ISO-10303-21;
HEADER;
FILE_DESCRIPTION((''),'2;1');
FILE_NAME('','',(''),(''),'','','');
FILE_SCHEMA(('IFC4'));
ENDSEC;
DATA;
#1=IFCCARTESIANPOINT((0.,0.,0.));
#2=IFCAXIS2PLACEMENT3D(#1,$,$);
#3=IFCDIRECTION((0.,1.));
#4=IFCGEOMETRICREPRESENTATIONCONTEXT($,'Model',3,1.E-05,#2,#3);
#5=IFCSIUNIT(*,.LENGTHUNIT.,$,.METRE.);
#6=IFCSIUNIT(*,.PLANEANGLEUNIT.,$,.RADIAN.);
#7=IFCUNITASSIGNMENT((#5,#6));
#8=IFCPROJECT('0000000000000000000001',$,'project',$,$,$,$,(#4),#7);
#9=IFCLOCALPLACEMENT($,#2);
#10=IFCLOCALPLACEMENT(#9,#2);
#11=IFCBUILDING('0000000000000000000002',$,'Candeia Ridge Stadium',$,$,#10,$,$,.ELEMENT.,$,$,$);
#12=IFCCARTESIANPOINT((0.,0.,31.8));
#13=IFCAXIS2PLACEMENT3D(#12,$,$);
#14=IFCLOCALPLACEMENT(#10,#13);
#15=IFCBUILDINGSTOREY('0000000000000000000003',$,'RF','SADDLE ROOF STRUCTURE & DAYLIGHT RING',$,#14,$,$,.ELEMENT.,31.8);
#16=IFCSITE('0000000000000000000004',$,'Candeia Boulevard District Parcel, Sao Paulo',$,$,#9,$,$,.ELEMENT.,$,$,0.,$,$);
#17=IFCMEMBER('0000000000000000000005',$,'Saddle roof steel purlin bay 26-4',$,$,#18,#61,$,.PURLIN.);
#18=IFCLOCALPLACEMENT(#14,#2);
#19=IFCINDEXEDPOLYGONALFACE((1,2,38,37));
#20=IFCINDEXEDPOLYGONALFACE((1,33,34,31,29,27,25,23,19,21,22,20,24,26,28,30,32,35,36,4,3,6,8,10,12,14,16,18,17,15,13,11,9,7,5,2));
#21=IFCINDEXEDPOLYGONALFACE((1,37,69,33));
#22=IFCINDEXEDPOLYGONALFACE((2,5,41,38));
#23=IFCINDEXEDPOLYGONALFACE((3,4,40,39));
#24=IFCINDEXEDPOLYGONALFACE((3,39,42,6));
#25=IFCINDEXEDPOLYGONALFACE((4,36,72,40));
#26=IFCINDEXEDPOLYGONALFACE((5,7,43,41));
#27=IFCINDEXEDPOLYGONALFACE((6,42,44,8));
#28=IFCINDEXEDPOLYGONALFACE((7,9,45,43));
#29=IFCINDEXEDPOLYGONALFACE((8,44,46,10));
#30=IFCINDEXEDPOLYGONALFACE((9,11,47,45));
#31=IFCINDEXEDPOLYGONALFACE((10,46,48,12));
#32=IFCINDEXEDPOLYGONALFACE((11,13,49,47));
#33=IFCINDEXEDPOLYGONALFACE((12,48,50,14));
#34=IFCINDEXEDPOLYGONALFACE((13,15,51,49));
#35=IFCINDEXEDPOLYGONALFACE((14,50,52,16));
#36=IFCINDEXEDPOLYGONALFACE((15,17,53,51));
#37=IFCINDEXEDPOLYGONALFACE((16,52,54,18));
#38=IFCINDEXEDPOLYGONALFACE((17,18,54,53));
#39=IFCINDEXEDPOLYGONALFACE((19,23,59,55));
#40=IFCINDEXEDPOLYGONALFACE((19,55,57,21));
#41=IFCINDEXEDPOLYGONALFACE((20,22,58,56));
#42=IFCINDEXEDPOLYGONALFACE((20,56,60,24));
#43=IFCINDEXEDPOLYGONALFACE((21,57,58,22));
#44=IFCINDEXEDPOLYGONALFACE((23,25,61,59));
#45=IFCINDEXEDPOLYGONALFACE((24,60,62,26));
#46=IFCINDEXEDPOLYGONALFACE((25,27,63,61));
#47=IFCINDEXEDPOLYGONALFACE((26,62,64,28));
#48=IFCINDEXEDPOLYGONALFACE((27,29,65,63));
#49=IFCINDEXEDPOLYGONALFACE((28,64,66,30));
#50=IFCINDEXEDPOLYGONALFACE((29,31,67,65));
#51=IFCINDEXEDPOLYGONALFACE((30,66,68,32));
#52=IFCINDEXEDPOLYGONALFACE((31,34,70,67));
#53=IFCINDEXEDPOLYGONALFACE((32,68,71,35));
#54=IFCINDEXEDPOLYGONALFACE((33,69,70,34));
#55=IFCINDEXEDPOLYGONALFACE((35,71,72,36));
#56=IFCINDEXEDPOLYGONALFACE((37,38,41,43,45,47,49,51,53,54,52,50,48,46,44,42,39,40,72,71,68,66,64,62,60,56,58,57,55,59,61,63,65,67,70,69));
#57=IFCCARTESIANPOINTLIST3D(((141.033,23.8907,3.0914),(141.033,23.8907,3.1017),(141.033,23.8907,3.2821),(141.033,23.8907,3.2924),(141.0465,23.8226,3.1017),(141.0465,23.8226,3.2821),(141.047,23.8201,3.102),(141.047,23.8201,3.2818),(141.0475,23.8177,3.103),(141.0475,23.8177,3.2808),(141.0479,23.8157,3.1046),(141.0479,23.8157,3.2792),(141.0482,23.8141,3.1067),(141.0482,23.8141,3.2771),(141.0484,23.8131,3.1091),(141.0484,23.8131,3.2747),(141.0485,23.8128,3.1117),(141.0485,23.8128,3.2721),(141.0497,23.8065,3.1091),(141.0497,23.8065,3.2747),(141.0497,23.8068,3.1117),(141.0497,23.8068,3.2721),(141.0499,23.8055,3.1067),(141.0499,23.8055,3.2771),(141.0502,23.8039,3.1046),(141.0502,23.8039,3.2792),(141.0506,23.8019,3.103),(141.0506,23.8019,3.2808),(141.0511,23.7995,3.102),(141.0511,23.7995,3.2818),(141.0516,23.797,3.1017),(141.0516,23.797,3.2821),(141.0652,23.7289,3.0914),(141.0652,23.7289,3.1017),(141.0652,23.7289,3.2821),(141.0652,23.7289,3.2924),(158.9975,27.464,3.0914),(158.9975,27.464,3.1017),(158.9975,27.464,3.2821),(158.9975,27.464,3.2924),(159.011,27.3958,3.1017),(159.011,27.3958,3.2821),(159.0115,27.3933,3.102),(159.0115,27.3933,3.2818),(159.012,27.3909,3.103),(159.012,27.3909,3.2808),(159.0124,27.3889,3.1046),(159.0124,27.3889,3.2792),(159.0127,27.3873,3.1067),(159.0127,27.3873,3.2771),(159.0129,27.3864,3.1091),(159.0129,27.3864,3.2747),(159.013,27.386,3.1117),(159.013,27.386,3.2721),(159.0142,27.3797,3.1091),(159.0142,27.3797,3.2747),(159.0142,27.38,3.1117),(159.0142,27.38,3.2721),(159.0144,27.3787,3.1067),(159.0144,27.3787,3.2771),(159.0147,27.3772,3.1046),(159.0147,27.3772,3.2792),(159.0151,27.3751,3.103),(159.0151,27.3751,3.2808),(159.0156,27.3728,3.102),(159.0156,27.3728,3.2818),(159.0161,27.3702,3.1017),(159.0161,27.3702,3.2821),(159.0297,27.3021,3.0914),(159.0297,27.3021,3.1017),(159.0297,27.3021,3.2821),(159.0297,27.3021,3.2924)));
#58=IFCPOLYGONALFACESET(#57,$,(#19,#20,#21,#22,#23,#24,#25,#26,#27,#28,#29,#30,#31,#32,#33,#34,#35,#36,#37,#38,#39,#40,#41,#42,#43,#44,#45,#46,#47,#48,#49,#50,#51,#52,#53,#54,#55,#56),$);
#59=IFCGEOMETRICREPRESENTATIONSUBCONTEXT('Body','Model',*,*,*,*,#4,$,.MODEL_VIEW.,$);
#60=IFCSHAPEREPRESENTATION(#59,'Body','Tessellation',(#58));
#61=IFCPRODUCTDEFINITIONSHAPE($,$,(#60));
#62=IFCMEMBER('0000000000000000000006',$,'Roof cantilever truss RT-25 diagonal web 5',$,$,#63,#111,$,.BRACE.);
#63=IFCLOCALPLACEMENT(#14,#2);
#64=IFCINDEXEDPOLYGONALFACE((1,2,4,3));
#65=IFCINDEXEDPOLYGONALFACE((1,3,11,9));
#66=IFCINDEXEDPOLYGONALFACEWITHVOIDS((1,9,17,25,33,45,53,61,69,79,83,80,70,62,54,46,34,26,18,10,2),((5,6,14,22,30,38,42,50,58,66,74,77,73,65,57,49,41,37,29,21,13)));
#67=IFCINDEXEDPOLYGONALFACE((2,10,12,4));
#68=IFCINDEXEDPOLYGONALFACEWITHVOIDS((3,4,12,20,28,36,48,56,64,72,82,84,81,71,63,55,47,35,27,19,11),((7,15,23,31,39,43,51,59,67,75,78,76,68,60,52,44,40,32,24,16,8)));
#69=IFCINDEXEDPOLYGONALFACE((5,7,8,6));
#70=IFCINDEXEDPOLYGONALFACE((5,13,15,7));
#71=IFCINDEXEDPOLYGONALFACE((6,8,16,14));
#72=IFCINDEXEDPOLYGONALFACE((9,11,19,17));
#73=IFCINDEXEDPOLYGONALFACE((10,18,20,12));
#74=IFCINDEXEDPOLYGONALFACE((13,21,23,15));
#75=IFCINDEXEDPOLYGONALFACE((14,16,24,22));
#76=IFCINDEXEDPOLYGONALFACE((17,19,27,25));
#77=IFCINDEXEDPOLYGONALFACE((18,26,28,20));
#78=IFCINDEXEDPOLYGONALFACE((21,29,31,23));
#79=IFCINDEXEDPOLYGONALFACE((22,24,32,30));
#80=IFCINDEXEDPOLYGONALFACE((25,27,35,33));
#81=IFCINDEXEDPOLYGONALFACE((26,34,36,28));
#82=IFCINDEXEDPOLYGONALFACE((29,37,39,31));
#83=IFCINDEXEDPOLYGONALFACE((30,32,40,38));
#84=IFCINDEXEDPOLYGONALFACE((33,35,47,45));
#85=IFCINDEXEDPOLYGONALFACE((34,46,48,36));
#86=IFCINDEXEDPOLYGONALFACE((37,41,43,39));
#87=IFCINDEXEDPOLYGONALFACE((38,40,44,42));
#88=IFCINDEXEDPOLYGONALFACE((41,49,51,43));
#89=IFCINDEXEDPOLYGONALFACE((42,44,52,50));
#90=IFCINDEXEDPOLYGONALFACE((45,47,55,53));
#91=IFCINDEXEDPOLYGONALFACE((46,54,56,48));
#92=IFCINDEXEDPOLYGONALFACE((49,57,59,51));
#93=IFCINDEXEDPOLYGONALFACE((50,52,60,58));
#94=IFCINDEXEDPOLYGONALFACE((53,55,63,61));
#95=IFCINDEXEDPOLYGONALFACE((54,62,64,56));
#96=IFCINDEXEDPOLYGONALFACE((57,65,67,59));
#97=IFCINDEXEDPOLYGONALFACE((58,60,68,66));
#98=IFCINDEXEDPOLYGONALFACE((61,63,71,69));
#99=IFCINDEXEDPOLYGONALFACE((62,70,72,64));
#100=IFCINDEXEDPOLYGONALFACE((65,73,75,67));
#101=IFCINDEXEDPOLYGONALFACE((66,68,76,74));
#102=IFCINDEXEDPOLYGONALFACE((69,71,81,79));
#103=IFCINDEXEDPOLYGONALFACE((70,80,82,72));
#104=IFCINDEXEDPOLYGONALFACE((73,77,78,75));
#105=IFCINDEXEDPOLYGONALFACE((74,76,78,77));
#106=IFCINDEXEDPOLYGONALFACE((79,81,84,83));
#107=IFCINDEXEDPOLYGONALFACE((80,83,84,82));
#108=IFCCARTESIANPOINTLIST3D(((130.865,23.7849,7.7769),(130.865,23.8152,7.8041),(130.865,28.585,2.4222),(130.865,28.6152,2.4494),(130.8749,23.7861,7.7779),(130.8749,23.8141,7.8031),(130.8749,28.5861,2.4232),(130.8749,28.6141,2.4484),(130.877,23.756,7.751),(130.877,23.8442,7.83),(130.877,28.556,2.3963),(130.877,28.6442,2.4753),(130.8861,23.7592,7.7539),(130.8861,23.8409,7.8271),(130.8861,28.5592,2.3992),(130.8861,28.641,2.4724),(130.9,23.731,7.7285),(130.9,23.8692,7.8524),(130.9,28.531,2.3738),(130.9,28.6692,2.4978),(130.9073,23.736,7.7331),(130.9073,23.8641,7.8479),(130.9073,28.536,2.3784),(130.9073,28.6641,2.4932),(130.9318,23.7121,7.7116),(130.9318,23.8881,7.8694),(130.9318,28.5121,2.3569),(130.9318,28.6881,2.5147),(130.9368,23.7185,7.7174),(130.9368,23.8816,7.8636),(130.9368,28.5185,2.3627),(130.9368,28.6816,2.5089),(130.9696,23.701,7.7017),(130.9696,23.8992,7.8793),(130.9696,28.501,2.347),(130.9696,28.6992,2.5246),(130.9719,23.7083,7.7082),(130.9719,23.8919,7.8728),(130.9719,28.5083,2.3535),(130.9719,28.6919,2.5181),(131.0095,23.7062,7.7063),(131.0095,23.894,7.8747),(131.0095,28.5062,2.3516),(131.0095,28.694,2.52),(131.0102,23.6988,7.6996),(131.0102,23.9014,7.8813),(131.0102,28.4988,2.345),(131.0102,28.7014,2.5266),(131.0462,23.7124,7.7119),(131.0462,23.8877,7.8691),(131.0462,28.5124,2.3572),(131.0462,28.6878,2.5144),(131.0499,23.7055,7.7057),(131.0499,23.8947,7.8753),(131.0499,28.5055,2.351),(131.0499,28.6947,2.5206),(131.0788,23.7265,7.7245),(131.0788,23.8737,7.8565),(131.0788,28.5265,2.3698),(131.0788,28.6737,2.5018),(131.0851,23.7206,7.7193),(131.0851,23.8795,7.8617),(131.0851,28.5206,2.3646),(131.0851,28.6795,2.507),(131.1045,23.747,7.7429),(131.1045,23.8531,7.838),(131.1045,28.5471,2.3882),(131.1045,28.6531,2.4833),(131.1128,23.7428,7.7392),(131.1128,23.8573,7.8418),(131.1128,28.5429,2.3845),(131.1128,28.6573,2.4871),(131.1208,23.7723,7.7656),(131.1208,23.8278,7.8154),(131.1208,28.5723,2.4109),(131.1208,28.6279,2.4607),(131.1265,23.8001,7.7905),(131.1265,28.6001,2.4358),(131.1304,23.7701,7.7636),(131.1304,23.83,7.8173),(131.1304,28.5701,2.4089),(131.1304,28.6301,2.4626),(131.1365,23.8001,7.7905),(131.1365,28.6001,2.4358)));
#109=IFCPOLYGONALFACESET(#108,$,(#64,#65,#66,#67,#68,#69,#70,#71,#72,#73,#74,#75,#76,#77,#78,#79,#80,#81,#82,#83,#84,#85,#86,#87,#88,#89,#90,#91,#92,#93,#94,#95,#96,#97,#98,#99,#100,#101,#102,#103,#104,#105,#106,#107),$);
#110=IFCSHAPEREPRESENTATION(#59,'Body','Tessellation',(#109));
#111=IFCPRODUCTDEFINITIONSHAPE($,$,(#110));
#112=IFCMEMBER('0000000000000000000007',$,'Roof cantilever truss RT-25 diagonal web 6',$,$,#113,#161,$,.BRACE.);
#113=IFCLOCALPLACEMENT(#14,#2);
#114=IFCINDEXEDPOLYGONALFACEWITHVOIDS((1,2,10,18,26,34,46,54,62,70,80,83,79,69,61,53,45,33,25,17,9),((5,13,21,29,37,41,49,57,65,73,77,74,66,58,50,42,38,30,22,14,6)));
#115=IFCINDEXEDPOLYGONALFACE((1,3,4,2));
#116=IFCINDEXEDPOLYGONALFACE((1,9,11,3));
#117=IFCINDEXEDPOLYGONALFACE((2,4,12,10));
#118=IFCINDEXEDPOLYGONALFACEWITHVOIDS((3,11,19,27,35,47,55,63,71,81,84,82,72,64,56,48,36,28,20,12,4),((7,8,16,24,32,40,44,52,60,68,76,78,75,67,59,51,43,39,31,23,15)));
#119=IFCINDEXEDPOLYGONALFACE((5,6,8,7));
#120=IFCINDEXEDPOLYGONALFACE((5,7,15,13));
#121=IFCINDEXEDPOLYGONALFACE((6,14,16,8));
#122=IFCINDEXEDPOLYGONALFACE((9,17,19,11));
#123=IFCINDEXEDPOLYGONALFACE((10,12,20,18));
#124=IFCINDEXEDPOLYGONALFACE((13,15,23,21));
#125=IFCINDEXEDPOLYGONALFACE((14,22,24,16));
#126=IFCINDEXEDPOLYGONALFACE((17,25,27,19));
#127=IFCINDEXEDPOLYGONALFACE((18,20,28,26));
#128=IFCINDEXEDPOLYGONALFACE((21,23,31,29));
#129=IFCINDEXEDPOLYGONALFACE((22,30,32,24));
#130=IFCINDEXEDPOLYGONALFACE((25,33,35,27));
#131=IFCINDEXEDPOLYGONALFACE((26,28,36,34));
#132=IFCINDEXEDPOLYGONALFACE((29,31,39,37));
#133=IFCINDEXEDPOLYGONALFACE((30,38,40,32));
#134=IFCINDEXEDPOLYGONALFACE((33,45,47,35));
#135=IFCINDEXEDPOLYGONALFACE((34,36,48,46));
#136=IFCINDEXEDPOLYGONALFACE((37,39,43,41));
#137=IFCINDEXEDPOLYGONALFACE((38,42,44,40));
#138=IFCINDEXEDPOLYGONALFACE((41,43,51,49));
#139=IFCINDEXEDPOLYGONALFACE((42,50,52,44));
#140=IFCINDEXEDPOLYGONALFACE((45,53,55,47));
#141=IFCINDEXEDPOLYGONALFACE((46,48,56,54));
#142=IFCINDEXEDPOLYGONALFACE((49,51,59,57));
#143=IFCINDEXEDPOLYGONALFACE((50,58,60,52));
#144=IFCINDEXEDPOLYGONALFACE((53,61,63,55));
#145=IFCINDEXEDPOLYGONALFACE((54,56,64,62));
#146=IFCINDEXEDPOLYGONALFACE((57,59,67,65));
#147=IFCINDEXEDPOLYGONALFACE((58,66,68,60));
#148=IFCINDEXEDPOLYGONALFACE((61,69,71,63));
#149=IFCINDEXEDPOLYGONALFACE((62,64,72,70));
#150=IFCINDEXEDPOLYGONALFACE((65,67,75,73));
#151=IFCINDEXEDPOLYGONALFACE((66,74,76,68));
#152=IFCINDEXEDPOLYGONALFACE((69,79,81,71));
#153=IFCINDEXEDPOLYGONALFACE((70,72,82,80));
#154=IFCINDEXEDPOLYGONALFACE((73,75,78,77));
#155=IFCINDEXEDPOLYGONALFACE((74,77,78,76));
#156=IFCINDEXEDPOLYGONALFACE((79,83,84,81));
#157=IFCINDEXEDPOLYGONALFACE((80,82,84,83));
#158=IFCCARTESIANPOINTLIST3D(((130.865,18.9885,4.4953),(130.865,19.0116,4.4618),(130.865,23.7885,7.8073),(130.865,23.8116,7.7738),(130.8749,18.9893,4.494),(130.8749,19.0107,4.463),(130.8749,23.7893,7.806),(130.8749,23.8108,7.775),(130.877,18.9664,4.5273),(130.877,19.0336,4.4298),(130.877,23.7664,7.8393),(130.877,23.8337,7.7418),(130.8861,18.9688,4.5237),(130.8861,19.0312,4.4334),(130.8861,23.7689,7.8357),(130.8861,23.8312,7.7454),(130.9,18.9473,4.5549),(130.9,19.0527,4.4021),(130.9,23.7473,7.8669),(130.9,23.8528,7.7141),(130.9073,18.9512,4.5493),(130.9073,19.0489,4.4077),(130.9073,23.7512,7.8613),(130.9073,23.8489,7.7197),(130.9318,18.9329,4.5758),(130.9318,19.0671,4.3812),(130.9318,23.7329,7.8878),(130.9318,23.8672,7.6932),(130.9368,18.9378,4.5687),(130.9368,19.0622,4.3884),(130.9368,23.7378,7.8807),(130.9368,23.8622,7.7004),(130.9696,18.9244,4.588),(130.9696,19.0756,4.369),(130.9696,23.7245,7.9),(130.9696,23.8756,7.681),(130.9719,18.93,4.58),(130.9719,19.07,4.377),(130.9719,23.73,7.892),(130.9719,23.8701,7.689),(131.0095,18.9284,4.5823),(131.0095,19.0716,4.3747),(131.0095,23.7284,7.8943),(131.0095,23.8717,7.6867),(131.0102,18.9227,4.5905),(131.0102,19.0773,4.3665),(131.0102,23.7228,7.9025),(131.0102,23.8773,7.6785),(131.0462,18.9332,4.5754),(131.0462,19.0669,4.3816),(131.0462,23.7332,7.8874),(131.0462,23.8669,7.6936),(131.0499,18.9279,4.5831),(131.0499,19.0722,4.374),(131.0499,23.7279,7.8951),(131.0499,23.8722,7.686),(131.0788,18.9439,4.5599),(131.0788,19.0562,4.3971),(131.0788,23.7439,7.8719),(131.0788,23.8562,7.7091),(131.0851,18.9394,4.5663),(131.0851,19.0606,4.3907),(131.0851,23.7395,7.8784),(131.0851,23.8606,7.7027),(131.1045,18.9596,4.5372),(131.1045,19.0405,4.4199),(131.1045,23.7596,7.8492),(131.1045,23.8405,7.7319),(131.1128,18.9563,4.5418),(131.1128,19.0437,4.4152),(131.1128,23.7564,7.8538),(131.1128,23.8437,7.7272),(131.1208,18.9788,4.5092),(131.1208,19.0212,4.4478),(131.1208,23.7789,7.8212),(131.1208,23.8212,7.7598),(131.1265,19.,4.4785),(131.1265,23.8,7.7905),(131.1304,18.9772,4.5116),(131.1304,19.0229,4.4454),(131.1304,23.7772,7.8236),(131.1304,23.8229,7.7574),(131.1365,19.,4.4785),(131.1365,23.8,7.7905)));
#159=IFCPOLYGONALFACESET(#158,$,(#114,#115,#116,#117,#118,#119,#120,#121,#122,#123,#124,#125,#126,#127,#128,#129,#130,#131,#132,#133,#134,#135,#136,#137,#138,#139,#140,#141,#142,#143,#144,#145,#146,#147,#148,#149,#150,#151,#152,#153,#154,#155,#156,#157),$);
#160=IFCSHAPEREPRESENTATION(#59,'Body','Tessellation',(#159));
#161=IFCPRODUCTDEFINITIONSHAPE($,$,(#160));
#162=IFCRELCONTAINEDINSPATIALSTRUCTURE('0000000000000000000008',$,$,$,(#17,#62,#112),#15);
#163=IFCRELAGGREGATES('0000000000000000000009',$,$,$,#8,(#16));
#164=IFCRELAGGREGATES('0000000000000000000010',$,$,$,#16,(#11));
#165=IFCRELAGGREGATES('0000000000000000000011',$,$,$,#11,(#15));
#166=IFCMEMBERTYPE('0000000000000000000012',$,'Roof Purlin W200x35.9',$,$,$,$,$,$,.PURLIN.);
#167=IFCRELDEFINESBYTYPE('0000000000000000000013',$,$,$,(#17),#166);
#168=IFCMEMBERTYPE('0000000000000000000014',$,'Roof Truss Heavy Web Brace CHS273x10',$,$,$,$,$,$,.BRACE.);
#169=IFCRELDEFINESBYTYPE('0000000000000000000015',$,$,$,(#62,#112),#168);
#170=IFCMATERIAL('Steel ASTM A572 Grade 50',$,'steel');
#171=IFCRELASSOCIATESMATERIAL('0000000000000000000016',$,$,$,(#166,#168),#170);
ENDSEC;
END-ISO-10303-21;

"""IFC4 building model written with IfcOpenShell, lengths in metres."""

from ifc_helpers import new_model, si_unit, direction, frame, origin, origin_2d, place, context, subcontext, project, spatial, hollow_circle, i_section, extrude, material, material_profile, profile_set, type_object, element, save


model = new_model("IFC4")

# Units and contexts
model_context = context("Model", 3, precision=1e-05, world=origin(), true_north=direction((0.0, 1.0)))
body_context = subcontext(model_context, "Body", "Model", "MODEL_VIEW")
ifc_project = project(units=[si_unit("LENGTHUNIT", "METRE"), si_unit("PLANEANGLEUNIT", "RADIAN")], contexts=[model_context])

# Site, building, storey
site_placement = place(None, origin())
site = spatial("IfcSite", under=ifc_project, at=site_placement, Name="Candeia Boulevard District Parcel, Sao Paulo", CompositionType="ELEMENT", RefElevation=0.0)
building_placement = place(site_placement, origin())
building = spatial("IfcBuilding", under=site, at=building_placement, Name="Candeia Ridge Stadium", CompositionType="ELEMENT")
storey_placement = place(building_placement, frame((0.0, 0.0, 31.8)))
storey = spatial("IfcBuildingStorey", under=building, at=storey_placement, Name="RF", Description="SADDLE ROOF STRUCTURE & DAYLIGHT RING", CompositionType="ELEMENT", Elevation=31.8)

# Shared definitions
ifc_material_1 = material(Name="Steel ASTM A572 Grade 50", Category="steel")

# Members
ifc_material_profile_1 = material_profile(ifc_material_1, i_section(OverallWidth=0.165, OverallDepth=0.2009, WebThickness=0.0061, FlangeThickness=0.0103, FilletRadius=0.01, at=origin_2d()), Name="W200x35.9", Category="steel")
ifc_profile_set_1 = profile_set([ifc_material_profile_1], Name="Steel ASTM A572 Grade 50")
member_type_1 = type_object("IfcMemberType", Name="Roof Purlin W200x35.9", PredefinedType="PURLIN", material=ifc_profile_set_1)
member_1_placement = place(storey_placement, frame((141.0491, 23.8098, 3.1919), z_axis=(0.980787, 0.195083, 0.0), x_axis=(-0.195083, 0.980787, 0.0)))
element("IfcMember", 1, at=member_1_placement, inside=storey, type_object=member_type_1, Name="Saddle roof steel purlin bay 26-4", PredefinedType="PURLIN", context=body_context, shape_type="SweptSolid", body=[
    extrude(i_section(OverallWidth=0.165, OverallDepth=0.2009, WebThickness=0.0061, FlangeThickness=0.0103, FilletRadius=0.01, at=origin_2d()), origin(), (0.0, 0.0, 1.0), 18.3164),
])
ifc_material_profile_2 = material_profile(ifc_material_1, hollow_circle(Radius=0.1365, WallThickness=0.01, at=origin_2d()), Name="CHS273x10", Category="steel")
ifc_profile_set_2 = profile_set([ifc_material_profile_2], Name="Steel ASTM A572 Grade 50")
member_type_2 = type_object("IfcMemberType", Name="Roof Truss Heavy Web Brace CHS273x10", PredefinedType="BRACE", material=ifc_profile_set_2)
member_2_placement = place(storey_placement, frame((131.0, 28.6001, 2.4358), z_axis=(0.0, -0.667487, 0.744621), x_axis=(1.0, 0.0, 0.0)))
element("IfcMember", 2, at=member_2_placement, inside=storey, type_object=member_type_2, Name="Roof cantilever truss RT-25 diagonal web 5", PredefinedType="BRACE", context=body_context, shape_type="SweptSolid", body=[
    extrude(hollow_circle(Radius=0.1365, WallThickness=0.01, at=origin_2d()), origin(), (0.0, 0.0, 1.0), 7.1912),
])
member_3_placement = place(storey_placement, frame((131.0, 23.8, 7.7905), z_axis=(0.0, -0.823082, -0.567923), x_axis=(1.0, 0.0, 0.0)))
element("IfcMember", 3, at=member_3_placement, inside=storey, type_object=member_type_2, Name="Roof cantilever truss RT-25 diagonal web 6", PredefinedType="BRACE", context=body_context, shape_type="SweptSolid", body=[
    extrude(hollow_circle(Radius=0.1365, WallThickness=0.01, at=origin_2d()), origin(), (0.0, 0.0, 1.0), 5.8318),
])

save(model, "model.ifc")
